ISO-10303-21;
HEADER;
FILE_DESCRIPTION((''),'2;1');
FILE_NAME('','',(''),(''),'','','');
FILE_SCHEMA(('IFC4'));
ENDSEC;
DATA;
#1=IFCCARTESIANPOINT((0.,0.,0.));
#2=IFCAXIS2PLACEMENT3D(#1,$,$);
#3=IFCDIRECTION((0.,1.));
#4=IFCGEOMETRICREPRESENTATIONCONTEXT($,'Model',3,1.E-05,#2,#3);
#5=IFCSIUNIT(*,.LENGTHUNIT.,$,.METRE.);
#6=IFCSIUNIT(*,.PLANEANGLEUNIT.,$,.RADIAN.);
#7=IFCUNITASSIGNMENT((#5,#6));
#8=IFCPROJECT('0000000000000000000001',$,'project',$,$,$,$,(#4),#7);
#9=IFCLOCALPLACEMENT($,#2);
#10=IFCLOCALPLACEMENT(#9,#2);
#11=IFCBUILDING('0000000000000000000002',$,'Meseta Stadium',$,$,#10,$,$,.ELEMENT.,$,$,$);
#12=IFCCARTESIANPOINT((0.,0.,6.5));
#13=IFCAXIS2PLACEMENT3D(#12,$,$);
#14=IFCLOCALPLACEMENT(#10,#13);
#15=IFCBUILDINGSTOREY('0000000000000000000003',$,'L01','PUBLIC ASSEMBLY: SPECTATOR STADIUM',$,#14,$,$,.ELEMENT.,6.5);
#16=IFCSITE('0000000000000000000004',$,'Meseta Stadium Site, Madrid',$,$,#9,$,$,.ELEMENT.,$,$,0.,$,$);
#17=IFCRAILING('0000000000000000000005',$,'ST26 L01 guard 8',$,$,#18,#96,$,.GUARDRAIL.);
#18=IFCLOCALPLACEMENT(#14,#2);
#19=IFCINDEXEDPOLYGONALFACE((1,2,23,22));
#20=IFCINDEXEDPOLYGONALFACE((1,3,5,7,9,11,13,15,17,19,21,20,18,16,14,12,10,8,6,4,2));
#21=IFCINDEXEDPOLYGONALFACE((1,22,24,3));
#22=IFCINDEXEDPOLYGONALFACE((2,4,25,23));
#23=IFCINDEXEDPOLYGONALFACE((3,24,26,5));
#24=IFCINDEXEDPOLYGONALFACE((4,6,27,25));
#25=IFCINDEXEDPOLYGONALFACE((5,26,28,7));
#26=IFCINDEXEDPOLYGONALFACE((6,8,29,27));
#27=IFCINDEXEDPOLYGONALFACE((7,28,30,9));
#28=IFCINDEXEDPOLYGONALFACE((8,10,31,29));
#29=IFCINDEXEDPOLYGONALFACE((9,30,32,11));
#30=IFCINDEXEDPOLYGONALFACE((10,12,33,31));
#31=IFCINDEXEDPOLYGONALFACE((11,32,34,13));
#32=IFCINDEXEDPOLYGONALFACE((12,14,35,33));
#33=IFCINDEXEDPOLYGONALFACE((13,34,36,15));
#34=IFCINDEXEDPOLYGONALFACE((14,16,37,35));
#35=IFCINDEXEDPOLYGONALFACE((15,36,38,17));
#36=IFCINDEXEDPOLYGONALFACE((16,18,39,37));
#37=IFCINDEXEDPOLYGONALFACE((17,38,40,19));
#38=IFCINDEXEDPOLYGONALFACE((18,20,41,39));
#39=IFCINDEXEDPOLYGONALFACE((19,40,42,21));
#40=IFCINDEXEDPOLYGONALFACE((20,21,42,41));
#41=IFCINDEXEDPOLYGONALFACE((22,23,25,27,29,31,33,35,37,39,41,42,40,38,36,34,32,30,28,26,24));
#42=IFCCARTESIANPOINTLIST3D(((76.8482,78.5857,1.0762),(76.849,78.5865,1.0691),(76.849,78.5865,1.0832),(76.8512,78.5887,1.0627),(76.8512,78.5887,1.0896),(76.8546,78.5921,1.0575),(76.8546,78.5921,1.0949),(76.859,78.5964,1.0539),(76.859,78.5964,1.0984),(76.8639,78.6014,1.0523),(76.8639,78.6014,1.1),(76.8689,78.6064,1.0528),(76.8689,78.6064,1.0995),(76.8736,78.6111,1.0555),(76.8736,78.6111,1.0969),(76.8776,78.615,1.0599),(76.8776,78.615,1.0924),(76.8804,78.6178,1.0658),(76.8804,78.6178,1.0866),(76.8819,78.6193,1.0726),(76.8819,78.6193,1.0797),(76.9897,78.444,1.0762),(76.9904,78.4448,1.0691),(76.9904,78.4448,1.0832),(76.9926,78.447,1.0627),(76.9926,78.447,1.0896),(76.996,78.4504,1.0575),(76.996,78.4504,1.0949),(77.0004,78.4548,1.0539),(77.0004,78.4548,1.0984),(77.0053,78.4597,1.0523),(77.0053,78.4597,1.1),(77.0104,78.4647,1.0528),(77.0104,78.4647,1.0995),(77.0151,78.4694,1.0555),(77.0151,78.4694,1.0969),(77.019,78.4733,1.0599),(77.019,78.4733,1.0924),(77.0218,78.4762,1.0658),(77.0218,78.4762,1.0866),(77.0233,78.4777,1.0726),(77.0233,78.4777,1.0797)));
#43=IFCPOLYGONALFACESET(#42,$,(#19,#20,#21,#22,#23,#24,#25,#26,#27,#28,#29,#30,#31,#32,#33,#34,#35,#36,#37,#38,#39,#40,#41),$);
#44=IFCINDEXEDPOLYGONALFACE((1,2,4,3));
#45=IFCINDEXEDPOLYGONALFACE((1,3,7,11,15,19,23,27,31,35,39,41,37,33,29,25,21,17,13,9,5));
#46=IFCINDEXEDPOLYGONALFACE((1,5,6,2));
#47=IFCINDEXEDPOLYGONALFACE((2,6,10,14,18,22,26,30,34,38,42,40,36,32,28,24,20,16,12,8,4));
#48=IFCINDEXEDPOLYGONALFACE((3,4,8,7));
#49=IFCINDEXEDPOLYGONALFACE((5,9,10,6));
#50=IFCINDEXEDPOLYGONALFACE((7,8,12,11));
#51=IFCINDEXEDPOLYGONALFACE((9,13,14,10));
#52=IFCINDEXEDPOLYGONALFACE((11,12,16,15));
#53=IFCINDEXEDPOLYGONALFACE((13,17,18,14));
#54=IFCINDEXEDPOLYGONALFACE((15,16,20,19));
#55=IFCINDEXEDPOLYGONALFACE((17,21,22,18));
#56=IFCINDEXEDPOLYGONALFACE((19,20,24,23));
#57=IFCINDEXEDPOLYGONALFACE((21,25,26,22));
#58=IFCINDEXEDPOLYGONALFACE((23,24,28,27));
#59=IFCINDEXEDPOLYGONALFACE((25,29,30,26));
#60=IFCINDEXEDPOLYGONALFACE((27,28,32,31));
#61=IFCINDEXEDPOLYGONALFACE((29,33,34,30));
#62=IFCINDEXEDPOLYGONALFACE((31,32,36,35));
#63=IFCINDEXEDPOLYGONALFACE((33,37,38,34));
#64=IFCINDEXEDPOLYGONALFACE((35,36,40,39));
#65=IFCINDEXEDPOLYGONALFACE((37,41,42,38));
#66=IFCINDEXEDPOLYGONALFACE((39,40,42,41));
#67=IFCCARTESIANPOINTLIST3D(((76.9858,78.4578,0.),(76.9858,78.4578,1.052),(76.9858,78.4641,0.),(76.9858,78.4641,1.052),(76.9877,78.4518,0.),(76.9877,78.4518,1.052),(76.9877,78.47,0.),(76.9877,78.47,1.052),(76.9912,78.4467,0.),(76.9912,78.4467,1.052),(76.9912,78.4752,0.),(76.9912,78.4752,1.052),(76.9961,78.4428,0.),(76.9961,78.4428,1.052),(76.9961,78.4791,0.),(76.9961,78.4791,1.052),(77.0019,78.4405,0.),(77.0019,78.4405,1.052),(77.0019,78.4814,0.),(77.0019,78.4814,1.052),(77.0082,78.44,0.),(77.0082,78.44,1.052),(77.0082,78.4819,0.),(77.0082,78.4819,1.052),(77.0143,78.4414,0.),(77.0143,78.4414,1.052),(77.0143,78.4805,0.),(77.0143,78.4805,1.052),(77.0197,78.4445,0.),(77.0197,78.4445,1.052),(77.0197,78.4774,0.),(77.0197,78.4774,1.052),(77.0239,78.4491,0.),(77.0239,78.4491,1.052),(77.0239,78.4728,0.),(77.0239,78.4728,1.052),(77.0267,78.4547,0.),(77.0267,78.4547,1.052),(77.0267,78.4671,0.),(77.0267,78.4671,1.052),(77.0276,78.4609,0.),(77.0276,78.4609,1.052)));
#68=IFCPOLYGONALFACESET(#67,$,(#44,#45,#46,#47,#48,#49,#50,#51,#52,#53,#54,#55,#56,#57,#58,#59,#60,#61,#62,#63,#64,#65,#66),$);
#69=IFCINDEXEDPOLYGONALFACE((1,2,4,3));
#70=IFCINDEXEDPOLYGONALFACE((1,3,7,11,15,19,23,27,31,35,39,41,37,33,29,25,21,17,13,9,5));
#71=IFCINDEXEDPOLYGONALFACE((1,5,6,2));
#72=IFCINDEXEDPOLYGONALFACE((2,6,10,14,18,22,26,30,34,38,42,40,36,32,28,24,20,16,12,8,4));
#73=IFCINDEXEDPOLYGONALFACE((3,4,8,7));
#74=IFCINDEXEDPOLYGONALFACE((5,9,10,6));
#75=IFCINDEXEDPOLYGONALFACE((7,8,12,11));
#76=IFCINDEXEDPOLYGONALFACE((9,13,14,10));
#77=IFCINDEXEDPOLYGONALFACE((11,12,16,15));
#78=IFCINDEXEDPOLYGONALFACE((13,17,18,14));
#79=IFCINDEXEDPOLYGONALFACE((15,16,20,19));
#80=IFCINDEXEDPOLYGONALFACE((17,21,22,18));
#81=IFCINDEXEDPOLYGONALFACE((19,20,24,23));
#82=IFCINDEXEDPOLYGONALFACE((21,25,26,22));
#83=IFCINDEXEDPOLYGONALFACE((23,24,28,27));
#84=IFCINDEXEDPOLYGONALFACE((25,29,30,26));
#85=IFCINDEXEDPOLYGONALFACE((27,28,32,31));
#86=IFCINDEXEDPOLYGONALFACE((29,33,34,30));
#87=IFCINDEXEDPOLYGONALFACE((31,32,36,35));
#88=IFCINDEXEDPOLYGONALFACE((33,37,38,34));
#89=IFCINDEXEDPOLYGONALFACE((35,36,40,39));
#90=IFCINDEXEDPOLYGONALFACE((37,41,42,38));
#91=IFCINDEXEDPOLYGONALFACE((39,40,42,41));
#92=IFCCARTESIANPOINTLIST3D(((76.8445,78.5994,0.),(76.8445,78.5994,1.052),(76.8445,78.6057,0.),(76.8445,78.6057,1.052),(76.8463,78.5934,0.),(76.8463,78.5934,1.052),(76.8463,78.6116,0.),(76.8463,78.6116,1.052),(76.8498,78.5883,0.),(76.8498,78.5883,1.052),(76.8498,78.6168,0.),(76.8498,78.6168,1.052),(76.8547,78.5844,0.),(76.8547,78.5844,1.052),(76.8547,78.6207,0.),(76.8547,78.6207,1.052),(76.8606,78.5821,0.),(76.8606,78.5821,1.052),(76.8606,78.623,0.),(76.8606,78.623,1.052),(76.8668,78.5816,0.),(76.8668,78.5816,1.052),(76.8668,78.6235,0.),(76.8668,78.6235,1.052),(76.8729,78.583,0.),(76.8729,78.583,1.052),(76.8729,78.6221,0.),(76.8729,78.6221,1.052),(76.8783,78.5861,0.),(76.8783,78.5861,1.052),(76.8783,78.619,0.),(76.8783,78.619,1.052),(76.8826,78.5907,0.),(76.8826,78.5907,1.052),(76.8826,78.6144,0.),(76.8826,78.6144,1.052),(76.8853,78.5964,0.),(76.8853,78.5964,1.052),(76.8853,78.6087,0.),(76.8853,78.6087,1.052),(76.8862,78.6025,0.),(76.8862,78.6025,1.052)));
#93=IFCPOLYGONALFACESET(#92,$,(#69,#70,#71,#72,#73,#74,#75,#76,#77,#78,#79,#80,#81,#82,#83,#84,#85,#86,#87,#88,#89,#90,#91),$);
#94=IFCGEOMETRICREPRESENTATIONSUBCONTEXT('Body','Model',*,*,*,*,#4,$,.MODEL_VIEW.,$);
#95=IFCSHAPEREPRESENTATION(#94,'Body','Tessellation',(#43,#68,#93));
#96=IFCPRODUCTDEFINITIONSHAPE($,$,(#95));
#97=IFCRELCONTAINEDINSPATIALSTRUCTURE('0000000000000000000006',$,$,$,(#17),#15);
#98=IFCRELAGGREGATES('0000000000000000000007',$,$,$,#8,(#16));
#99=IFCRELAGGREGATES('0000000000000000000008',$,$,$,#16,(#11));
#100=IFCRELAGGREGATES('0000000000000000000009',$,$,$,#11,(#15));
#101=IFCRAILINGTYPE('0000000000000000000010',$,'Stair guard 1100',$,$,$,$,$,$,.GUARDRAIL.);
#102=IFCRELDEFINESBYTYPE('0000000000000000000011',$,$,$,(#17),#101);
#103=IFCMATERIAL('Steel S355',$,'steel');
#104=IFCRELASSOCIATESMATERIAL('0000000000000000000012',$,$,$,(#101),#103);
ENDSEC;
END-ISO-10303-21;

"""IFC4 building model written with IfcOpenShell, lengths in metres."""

from ifc_helpers import new_model, si_unit, direction, frame, origin, origin_2d, place, context, subcontext, project, spatial, circle, extrude, material, type_object, element, save


model = new_model("IFC4")

# Units and contexts
model_context = context("Model", 3, precision=1e-05, world=origin(), true_north=direction((0.0, 1.0)))
body_context = subcontext(model_context, "Body", "Model", "MODEL_VIEW")
ifc_project = project(units=[si_unit("LENGTHUNIT", "METRE"), si_unit("PLANEANGLEUNIT", "RADIAN")], contexts=[model_context])

# Site, building, storey
site_placement = place(None, origin())
site = spatial("IfcSite", under=ifc_project, at=site_placement, Name="Meseta Stadium Site, Madrid", CompositionType="ELEMENT", RefElevation=0.0)
building_placement = place(site_placement, origin())
building = spatial("IfcBuilding", under=site, at=building_placement, Name="Meseta Stadium", CompositionType="ELEMENT")
storey_placement = place(building_placement, frame((0.0, 0.0, 6.5)))
storey = spatial("IfcBuildingStorey", under=building, at=storey_placement, Name="L01", Description="PUBLIC ASSEMBLY: SPECTATOR STADIUM", CompositionType="ELEMENT", Elevation=6.5)

# Railing
ifc_material_1 = material(Name="Steel S355", Category="steel")
railing_type_1 = type_object("IfcRailingType", Name="Stair guard 1100", PredefinedType="GUARDRAIL", material=ifc_material_1)
railing_1_placement = place(storey_placement, frame((77.0066, 78.4609, 0.0)))
element("IfcRailing", 1, at=railing_1_placement, inside=storey, type_object=railing_type_1, Name="ST26 L01 guard 8", PredefinedType="GUARDRAIL", context=body_context, shape_type="SweptSolid", body=[
    extrude(circle(Radius=0.0239, at=origin_2d()), frame((0.0, 0.0, 1.0762), z_axis=(-0.706496, 0.707717, 0.0), x_axis=(-0.707717, -0.706496, 0.0)), (0.0, 0.0, 1.0), 0.2002),
    extrude(circle(Radius=0.021, at=origin_2d()), origin(), (0.0, 0.0, 1.0), 1.052),
    extrude(circle(Radius=0.021, at=origin_2d()), frame((-0.1414, 0.1416, 0.0)), (0.0, 0.0, 1.0), 1.052),
])

save(model, "model.ifc")
